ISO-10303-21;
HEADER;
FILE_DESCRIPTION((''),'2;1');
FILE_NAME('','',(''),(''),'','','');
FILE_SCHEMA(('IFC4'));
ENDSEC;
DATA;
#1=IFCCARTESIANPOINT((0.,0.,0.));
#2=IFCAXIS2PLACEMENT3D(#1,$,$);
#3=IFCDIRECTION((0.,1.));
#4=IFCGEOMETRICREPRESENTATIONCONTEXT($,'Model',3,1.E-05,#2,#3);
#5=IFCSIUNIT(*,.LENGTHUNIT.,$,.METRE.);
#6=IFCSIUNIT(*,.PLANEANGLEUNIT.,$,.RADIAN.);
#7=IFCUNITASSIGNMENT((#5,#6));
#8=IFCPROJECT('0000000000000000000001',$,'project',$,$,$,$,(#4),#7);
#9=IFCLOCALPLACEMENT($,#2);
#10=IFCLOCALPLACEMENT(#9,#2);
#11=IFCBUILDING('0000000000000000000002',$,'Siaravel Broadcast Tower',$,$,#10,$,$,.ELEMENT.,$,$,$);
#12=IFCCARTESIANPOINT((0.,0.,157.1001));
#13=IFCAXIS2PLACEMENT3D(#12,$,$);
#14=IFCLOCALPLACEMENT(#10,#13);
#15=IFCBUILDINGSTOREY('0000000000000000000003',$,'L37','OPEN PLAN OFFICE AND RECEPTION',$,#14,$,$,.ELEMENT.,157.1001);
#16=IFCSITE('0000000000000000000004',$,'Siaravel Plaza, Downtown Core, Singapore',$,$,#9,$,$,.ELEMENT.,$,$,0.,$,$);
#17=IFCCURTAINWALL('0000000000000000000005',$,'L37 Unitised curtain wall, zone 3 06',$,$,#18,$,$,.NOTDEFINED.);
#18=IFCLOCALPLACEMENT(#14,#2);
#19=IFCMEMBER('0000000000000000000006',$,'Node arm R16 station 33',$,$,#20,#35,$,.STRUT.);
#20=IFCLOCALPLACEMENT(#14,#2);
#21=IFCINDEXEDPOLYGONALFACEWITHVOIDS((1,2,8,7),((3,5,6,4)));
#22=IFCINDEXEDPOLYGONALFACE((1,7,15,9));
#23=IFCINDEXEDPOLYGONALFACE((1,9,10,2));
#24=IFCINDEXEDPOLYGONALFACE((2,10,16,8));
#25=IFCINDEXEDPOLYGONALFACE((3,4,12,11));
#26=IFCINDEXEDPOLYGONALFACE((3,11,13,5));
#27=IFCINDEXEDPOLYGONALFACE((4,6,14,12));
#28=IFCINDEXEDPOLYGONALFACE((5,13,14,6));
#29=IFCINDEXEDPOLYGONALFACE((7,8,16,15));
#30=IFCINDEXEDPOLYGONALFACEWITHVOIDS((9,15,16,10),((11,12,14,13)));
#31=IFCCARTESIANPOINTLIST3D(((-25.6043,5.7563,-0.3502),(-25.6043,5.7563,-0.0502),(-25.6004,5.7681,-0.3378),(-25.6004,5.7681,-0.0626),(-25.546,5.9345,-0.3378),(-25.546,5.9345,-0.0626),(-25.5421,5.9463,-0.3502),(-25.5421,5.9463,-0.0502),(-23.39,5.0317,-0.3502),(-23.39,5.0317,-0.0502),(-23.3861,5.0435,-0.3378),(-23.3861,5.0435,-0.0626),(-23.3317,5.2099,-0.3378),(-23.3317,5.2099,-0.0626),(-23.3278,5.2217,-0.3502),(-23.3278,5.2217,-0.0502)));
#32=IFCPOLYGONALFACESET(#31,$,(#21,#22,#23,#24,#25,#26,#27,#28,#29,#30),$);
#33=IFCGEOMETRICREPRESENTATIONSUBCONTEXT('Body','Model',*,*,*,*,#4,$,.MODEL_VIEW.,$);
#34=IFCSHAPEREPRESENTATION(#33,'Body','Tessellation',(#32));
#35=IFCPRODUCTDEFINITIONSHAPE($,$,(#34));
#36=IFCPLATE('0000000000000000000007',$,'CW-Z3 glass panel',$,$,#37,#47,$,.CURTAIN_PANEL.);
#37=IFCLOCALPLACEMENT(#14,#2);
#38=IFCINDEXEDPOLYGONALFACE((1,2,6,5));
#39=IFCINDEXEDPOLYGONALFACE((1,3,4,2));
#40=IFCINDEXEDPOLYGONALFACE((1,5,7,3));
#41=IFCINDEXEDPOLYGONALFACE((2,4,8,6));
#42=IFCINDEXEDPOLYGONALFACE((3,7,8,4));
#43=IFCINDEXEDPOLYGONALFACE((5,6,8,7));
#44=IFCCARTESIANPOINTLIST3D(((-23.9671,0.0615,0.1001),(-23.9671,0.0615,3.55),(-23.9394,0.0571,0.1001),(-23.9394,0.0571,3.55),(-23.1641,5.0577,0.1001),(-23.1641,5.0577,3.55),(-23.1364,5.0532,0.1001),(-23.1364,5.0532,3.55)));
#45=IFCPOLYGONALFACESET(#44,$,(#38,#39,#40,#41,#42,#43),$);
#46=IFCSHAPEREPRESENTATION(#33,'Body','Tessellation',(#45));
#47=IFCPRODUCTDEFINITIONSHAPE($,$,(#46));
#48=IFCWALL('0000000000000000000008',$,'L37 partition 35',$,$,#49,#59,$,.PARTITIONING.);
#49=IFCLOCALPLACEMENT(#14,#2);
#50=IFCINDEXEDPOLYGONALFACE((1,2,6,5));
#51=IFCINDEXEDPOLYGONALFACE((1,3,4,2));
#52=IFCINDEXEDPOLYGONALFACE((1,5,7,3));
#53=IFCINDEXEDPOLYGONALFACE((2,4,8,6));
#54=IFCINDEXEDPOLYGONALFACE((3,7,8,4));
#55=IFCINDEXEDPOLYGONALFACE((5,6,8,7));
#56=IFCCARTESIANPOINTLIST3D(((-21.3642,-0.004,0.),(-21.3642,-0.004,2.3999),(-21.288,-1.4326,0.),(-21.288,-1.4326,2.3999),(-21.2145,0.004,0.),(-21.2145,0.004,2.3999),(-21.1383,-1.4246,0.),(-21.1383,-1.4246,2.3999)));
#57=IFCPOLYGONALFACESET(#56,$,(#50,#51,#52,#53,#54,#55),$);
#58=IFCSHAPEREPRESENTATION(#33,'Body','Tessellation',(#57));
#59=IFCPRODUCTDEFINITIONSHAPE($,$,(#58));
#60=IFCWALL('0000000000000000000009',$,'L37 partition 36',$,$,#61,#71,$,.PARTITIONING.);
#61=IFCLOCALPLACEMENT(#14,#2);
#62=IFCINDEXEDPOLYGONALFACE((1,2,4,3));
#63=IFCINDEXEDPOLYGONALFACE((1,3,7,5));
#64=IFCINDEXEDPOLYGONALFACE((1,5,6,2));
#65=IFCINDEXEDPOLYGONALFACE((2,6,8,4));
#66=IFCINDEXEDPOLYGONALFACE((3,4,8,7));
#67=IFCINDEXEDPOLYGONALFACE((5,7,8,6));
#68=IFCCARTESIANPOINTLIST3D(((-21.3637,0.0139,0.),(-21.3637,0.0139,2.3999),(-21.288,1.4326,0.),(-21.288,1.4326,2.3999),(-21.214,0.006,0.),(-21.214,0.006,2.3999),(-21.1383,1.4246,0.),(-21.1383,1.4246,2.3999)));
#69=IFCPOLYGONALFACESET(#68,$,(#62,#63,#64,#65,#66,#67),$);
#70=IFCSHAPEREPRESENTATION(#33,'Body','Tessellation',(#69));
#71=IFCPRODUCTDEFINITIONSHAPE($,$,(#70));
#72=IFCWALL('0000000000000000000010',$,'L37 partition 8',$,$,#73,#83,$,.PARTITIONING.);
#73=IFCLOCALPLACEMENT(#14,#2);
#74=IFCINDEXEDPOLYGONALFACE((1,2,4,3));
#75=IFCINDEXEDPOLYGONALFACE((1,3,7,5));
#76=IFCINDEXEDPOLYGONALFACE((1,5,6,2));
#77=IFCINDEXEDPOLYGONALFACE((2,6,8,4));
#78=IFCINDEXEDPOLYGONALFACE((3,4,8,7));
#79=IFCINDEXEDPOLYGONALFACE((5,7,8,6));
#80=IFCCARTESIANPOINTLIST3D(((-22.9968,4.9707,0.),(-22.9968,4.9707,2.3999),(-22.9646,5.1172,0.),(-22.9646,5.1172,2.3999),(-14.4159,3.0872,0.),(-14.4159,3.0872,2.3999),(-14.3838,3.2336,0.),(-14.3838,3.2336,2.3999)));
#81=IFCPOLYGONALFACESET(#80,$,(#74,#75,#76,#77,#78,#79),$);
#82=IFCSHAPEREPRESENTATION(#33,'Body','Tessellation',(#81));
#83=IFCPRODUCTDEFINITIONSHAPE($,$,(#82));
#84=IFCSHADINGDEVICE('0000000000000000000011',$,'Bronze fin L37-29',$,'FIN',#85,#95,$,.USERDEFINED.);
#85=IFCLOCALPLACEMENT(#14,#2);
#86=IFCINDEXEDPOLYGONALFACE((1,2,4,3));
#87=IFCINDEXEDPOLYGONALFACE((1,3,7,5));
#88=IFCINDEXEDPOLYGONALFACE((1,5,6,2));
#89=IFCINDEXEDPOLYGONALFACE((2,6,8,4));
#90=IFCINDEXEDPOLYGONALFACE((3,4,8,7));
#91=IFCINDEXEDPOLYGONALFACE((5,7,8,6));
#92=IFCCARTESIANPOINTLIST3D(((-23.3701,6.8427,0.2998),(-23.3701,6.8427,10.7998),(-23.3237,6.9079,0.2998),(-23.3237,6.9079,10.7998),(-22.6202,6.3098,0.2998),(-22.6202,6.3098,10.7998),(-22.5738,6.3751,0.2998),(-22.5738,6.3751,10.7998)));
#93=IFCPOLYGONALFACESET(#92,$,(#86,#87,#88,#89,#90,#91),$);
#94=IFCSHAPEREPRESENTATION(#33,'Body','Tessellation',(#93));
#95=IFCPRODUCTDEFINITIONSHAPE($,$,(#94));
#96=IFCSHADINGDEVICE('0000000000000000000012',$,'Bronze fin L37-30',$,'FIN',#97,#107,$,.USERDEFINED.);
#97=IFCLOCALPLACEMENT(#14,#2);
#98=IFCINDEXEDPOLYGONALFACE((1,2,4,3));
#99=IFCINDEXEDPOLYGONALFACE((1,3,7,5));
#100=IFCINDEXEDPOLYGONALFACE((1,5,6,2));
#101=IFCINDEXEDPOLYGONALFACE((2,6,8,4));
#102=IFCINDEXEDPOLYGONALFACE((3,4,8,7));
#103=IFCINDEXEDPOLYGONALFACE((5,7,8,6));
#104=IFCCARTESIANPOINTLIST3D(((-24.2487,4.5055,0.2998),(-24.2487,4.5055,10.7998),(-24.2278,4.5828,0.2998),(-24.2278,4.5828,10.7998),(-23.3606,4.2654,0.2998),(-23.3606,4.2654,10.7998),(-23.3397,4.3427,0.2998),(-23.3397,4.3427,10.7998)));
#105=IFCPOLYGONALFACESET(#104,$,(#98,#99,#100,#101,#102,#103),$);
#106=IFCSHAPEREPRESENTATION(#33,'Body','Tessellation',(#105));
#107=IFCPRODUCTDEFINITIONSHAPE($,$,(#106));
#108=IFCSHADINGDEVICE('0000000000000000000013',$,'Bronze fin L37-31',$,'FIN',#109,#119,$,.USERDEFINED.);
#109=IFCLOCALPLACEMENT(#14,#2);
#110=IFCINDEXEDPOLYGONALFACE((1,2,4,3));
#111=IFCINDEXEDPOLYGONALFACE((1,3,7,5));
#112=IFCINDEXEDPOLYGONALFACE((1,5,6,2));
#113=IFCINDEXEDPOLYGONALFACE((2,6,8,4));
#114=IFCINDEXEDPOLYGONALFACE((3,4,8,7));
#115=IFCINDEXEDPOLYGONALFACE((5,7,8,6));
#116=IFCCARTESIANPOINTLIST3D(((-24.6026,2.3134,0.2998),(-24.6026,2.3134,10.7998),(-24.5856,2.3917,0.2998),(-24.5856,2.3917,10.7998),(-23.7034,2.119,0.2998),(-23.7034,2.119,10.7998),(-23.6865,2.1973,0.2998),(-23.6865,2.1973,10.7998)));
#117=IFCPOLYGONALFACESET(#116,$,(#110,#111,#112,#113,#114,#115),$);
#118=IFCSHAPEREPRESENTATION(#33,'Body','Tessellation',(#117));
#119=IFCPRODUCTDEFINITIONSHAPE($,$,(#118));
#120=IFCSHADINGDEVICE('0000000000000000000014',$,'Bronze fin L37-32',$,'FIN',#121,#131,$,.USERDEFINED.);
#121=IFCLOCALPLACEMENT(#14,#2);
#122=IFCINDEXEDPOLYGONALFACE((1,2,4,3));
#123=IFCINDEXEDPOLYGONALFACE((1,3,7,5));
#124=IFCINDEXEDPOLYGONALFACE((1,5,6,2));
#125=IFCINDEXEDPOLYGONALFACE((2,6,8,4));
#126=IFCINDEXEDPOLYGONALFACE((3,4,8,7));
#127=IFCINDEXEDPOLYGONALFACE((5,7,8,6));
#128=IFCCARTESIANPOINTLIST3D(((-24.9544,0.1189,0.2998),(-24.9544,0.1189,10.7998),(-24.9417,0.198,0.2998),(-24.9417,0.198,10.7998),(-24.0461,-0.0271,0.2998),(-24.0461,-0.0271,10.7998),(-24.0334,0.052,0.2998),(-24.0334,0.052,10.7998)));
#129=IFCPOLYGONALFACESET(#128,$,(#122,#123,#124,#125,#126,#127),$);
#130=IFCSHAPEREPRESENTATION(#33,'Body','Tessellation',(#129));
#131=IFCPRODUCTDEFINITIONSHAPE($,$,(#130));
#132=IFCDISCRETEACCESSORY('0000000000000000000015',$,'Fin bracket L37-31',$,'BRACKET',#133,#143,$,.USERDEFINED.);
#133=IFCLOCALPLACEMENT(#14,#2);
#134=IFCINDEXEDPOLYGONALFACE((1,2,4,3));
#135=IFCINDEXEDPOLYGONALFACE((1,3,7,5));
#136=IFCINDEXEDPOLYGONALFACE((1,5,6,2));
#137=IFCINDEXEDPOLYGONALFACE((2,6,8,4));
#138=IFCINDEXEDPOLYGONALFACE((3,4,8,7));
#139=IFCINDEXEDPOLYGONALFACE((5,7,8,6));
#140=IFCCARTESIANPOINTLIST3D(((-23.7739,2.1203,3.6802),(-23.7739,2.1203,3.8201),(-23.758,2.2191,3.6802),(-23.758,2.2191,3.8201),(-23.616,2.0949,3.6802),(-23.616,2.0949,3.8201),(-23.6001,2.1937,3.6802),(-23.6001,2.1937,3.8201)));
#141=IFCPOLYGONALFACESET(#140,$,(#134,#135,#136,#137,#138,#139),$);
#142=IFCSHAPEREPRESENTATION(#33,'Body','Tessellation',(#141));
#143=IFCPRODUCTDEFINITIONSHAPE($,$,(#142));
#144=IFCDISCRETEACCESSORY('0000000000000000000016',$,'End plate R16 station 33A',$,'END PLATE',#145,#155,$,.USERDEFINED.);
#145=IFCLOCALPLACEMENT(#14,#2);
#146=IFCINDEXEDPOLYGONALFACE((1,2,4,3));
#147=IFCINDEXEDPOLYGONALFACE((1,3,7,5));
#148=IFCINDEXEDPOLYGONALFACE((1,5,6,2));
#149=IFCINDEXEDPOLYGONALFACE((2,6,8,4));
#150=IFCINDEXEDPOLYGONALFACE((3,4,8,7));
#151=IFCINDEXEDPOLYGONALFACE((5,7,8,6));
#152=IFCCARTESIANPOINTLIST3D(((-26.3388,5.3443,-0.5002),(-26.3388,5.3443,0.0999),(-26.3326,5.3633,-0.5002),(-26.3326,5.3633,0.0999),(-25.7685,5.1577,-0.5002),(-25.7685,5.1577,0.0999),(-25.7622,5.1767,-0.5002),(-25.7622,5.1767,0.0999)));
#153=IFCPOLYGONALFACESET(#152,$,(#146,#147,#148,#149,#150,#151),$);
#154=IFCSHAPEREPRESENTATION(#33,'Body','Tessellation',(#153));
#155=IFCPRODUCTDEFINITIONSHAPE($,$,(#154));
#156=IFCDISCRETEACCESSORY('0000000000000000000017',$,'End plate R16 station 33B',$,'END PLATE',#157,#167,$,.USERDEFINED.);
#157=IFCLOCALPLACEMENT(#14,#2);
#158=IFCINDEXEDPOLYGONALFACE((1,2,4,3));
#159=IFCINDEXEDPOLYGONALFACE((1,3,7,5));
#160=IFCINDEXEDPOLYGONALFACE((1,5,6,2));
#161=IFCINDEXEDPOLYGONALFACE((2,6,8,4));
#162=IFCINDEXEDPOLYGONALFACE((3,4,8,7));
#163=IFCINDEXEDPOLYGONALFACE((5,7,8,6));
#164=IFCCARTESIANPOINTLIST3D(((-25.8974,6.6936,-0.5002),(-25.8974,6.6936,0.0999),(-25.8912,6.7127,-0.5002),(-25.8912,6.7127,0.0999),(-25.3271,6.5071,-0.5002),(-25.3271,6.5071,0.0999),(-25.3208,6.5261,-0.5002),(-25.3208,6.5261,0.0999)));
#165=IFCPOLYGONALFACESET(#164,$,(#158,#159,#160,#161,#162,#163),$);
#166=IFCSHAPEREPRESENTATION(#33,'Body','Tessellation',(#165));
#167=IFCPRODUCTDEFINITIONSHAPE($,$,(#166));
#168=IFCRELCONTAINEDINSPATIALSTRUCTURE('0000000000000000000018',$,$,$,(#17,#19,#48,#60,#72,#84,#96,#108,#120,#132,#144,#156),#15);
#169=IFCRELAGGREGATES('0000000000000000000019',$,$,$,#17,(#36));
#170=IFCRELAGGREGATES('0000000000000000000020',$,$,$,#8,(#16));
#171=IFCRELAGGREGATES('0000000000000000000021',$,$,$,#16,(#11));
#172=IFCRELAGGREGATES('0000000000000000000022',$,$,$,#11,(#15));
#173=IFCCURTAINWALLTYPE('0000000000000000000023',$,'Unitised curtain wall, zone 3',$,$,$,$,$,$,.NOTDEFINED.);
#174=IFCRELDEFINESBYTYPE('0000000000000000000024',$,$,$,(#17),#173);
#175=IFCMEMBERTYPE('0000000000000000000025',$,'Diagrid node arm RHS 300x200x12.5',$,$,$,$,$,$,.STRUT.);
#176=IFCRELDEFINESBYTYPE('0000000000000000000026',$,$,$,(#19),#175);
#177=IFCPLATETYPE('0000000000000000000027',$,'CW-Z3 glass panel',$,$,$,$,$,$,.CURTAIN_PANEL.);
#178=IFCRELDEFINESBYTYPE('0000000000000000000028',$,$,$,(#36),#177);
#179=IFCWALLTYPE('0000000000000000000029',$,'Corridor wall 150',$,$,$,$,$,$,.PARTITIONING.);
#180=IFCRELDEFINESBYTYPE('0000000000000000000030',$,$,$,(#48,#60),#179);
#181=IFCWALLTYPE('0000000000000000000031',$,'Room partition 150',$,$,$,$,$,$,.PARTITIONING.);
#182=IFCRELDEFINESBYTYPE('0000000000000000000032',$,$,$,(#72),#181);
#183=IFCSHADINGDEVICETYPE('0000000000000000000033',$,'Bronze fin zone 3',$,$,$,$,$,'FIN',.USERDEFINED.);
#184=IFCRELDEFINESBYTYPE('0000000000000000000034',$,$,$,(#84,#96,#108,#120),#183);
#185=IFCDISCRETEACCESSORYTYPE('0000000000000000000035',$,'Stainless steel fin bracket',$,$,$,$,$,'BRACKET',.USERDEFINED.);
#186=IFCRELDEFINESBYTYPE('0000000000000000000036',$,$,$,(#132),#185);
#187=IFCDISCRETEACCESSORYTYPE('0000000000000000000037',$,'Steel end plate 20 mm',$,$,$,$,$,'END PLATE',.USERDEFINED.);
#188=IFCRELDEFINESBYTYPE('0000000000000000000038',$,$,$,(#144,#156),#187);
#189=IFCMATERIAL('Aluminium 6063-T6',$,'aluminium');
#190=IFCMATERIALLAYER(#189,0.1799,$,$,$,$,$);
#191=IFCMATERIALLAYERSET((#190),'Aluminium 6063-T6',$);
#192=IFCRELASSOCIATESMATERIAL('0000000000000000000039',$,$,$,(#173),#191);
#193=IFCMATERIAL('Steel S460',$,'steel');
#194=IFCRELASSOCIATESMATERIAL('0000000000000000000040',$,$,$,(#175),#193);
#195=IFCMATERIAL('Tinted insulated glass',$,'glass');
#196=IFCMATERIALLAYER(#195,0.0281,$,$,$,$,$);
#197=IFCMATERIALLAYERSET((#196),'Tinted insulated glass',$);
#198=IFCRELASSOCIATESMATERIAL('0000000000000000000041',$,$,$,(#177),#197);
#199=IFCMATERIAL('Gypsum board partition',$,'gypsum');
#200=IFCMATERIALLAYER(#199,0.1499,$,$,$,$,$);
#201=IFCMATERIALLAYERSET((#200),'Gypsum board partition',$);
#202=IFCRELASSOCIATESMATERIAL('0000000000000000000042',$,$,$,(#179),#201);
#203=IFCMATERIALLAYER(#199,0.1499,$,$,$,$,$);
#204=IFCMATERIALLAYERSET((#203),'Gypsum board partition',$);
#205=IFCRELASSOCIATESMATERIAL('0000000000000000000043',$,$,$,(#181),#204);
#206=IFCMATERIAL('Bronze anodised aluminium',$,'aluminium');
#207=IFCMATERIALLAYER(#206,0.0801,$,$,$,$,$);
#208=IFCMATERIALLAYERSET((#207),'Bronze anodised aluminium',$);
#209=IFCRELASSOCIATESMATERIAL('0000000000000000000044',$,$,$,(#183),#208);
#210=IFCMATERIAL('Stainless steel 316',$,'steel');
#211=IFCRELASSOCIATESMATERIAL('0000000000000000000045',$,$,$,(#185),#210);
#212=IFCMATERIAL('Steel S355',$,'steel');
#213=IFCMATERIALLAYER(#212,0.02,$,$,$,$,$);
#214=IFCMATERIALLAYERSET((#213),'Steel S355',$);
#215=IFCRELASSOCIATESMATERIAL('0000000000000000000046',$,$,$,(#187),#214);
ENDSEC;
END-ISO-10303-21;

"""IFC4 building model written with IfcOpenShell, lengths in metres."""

from ifc_helpers import new_model, si_unit, direction, frame, frame_2d, origin, origin_2d, place, context, subcontext, project, spatial, rectangle, hollow_rectangle, extrude, material, layer, layer_set, material_profile, profile_set, type_object, element, aggregate, save


model = new_model("IFC4")

# Units and contexts
model_context = context("Model", 3, precision=1e-05, world=origin(), true_north=direction((0.0, 1.0)))
body_context = subcontext(model_context, "Body", "Model", "MODEL_VIEW")
ifc_project = project(units=[si_unit("LENGTHUNIT", "METRE"), si_unit("PLANEANGLEUNIT", "RADIAN")], contexts=[model_context])

# Site, building, storey
site_placement = place(None, origin())
site = spatial("IfcSite", under=ifc_project, at=site_placement, Name="Siaravel Plaza, Downtown Core, Singapore", CompositionType="ELEMENT", RefElevation=0.0)
building_placement = place(site_placement, origin())
building = spatial("IfcBuilding", under=site, at=building_placement, Name="Siaravel Broadcast Tower", CompositionType="ELEMENT")
storey_placement = place(building_placement, frame((0.0, 0.0, 157.1001)))
storey = spatial("IfcBuildingStorey", under=building, at=storey_placement, Name="L37", Description="OPEN PLAN OFFICE AND RECEPTION", CompositionType="ELEMENT", Elevation=157.1001)

# Shared definitions
ifc_material_1 = material(Name="Steel S355", Category="steel")

# Curtain wall
ifc_material_2 = material(Name="Aluminium 6063-T6", Category="aluminium")
ifc_layer_1 = layer(ifc_material_2, 0.1799)
ifc_layer_set_1 = layer_set([ifc_layer_1], Name="Aluminium 6063-T6")
curtain_wall_type = type_object("IfcCurtainWallType", Name="Unitised curtain wall, zone 3", PredefinedType="NOTDEFINED", material=ifc_layer_set_1)
curtain_wall_1_placement = place(storey_placement, origin())
curtain_wall_1 = element("IfcCurtainWall", 1, at=curtain_wall_1_placement, inside=storey, type_object=curtain_wall_type, Name="L37 Unitised curtain wall, zone 3 06", PredefinedType="NOTDEFINED")

# Member
ifc_material_3 = material(Name="Steel S460", Category="steel")
ifc_material_profile_1 = material_profile(ifc_material_3, hollow_rectangle(XDim=0.2, YDim=0.3, WallThickness=0.0125, at=origin_2d()))
ifc_profile_set_1 = profile_set([ifc_material_profile_1], Name="Steel S460")
member_type_1 = type_object("IfcMemberType", Name="Diagrid node arm RHS 300x200x12.5", PredefinedType="STRUT", material=ifc_profile_set_1)
member_1_placement = place(storey_placement, frame((-23.3589, 5.1267, -0.2002), z_axis=(-0.950408, 0.311005, 0.0), x_axis=(-0.311005, -0.950408, 0.0)))
element("IfcMember", 2, at=member_1_placement, inside=storey, type_object=member_type_1, Name="Node arm R16 station 33", PredefinedType="STRUT", context=body_context, shape_type="SweptSolid", body=[
    extrude(hollow_rectangle(XDim=0.2, YDim=0.3, WallThickness=0.0125, at=origin_2d()), origin(), (0.0, 0.0, 1.0), 2.3298),
])

# Plate
ifc_material_4 = material(Name="Tinted insulated glass", Category="glass")
ifc_layer_2 = layer(ifc_material_4, 0.0281)
ifc_layer_set_2 = layer_set([ifc_layer_2], Name="Tinted insulated glass")
plate_type = type_object("IfcPlateType", Name="CW-Z3 glass panel", PredefinedType="CURTAIN_PANEL", material=ifc_layer_set_2)
plate_placement = place(storey_placement, frame((-23.5518, 2.5574, 0.1001), z_axis=(0.0, 0.0, 1.0), x_axis=(-0.158685, -0.987329, 0.0)))
plate = element("IfcPlate", 3, at=plate_placement, type_object=plate_type, Name="CW-Z3 glass panel", PredefinedType="CURTAIN_PANEL", context=body_context, shape_type="SweptSolid", body=[
    extrude(rectangle(XDim=5.0603, YDim=0.0281, at=origin_2d()), origin(), (0.0, 0.0, 1.0), 3.45),
])
aggregate(curtain_wall_1, [plate])

# Walls
ifc_material_5 = material(Name="Gypsum board partition", Category="gypsum")
ifc_layer_3 = layer(ifc_material_5, 0.1499)
ifc_layer_set_3 = layer_set([ifc_layer_3], Name="Gypsum board partition")
wall_type_1 = type_object("IfcWallType", Name="Corridor wall 150", PredefinedType="PARTITIONING", material=ifc_layer_set_3)
wall_1_placement = place(storey_placement, frame((-21.2893, 0.0, 0.0), z_axis=(0.0, 0.0, 1.0), x_axis=(0.053239, -0.998582, 0.0)))
element("IfcWall", 4, at=wall_1_placement, inside=storey, type_object=wall_type_1, Name="L37 partition 35", PredefinedType="PARTITIONING", context=body_context, shape_type="SweptSolid", body=[
    extrude(rectangle(XDim=1.4307, YDim=0.1499, at=frame_2d((0.7153, 0.0))), origin(), (0.0, 0.0, 1.0), 2.3999),
])
wall_2_placement = place(storey_placement, frame((-21.2131, 1.4287, 0.0), z_axis=(0.0, 0.0, 1.0), x_axis=(-0.053271, -0.99858, 0.0)))
element("IfcWall", 5, at=wall_2_placement, inside=storey, type_object=wall_type_1, Name="L37 partition 36", PredefinedType="PARTITIONING", context=body_context, shape_type="SweptSolid", body=[
    extrude(rectangle(XDim=1.4207, YDim=0.1499, at=frame_2d((0.7104, 0.0))), origin(), (0.0, 0.0, 1.0), 2.3999),
])
ifc_layer_4 = layer(ifc_material_5, 0.1499)
ifc_layer_set_4 = layer_set([ifc_layer_4], Name="Gypsum board partition")
wall_type_2 = type_object("IfcWallType", Name="Room partition 150", PredefinedType="PARTITIONING", material=ifc_layer_set_4)
wall_3_placement = place(storey_placement, frame((-22.9807, 5.0439, 0.0), z_axis=(0.0, 0.0, 1.0), x_axis=(0.976745, -0.214402, 0.0)))
element("IfcWall", 6, at=wall_3_placement, inside=storey, type_object=wall_type_2, Name="L37 partition 8", PredefinedType="PARTITIONING", context=body_context, shape_type="SweptSolid", body=[
    extrude(rectangle(XDim=8.7852, YDim=0.1499, at=frame_2d((4.3926, 0.0))), origin(), (0.0, 0.0, 1.0), 2.3999),
])

# Shading devices
ifc_material_6 = material(Name="Bronze anodised aluminium", Category="aluminium")
ifc_layer_5 = layer(ifc_material_6, 0.0801)
ifc_layer_set_5 = layer_set([ifc_layer_5], Name="Bronze anodised aluminium")
shading_device_type = type_object("IfcShadingDeviceType", Name="Bronze fin zone 3", ElementType="FIN", PredefinedType="USERDEFINED", material=ifc_layer_set_5)
for number, where, z_axis, x_axis, name in (
    (7, (-22.9719, 6.6089, 0.2998), (0.0, 0.0, 1.0), (-0.815187, 0.579197, 0.0), "Bronze fin L37-29"),
    (8, (-23.7942, 4.4241, 0.2998), (0.0, 0.0, 1.0), (-0.965336, 0.26101, 0.0), "Bronze fin L37-30"),
    (9, (-24.1445, 2.2554, 0.2998), (0.0, 0.0, 1.0), (-0.977421, 0.211299, 0.0), "Bronze fin L37-31"),
    (10, (-24.4939, 0.0854, 0.2998), (0.0, 0.0, 1.0), (-0.987329, 0.158685, 0.0), "Bronze fin L37-32"),
):
    element("IfcShadingDevice", number, at=place(storey_placement, frame(where, z_axis=z_axis, x_axis=x_axis)), inside=storey, type_object=shading_device_type, Name=name, ObjectType="FIN", PredefinedType="USERDEFINED", context=body_context, shape_type="SweptSolid", body=[
        extrude(rectangle(XDim=0.9199, YDim=0.0801, at=origin_2d()), origin(), (0.0, 0.0, 1.0), 10.5),
    ])

# Discrete accessories
ifc_material_7 = material(Name="Stainless steel 316", Category="steel")
discrete_accessory_type_1 = type_object("IfcDiscreteAccessoryType", Name="Stainless steel fin bracket", ElementType="BRACKET", PredefinedType="USERDEFINED", material=ifc_material_7)
discrete_accessory_placement = place(storey_placement, frame((-23.687, 2.157, 3.6802), z_axis=(0.0, 0.0, 1.0), x_axis=(-0.987329, 0.158685, 0.0)))
element("IfcDiscreteAccessory", 11, at=discrete_accessory_placement, inside=storey, type_object=discrete_accessory_type_1, Name="Fin bracket L37-31", ObjectType="BRACKET", PredefinedType="USERDEFINED", context=body_context, shape_type="SweptSolid", body=[
    extrude(rectangle(XDim=0.1599, YDim=0.1001, at=origin_2d()), origin(), (0.0, 0.0, 1.0), 0.1399),
])
ifc_layer_6 = layer(ifc_material_1, 0.02)
ifc_layer_set_6 = layer_set([ifc_layer_6], Name="Steel S355")
discrete_accessory_type_2 = type_object("IfcDiscreteAccessoryType", Name="Steel end plate 20 mm", ElementType="END PLATE", PredefinedType="USERDEFINED", material=ifc_layer_set_6)
for number, where, z_axis, x_axis, name in (
    (12, (-26.0505, 5.2605, -0.5002), (0.0, 0.0, 1.0), (-0.31091, -0.950439, 0.0), "End plate R16 station 33A"),
    (13, (-25.6091, 6.6099, -0.5002), (0.0, 0.0, 1.0), (-0.31091, -0.950439, 0.0), "End plate R16 station 33B"),
):
    element("IfcDiscreteAccessory", number, at=place(storey_placement, frame(where, z_axis=z_axis, x_axis=x_axis)), inside=storey, type_object=discrete_accessory_type_2, Name=name, ObjectType="END PLATE", PredefinedType="USERDEFINED", context=body_context, shape_type="SweptSolid", body=[
        extrude(rectangle(XDim=0.02, YDim=0.6001, at=origin_2d()), origin(), (0.0, 0.0, 1.0), 0.6001),
    ])

save(model, "model.ifc")
